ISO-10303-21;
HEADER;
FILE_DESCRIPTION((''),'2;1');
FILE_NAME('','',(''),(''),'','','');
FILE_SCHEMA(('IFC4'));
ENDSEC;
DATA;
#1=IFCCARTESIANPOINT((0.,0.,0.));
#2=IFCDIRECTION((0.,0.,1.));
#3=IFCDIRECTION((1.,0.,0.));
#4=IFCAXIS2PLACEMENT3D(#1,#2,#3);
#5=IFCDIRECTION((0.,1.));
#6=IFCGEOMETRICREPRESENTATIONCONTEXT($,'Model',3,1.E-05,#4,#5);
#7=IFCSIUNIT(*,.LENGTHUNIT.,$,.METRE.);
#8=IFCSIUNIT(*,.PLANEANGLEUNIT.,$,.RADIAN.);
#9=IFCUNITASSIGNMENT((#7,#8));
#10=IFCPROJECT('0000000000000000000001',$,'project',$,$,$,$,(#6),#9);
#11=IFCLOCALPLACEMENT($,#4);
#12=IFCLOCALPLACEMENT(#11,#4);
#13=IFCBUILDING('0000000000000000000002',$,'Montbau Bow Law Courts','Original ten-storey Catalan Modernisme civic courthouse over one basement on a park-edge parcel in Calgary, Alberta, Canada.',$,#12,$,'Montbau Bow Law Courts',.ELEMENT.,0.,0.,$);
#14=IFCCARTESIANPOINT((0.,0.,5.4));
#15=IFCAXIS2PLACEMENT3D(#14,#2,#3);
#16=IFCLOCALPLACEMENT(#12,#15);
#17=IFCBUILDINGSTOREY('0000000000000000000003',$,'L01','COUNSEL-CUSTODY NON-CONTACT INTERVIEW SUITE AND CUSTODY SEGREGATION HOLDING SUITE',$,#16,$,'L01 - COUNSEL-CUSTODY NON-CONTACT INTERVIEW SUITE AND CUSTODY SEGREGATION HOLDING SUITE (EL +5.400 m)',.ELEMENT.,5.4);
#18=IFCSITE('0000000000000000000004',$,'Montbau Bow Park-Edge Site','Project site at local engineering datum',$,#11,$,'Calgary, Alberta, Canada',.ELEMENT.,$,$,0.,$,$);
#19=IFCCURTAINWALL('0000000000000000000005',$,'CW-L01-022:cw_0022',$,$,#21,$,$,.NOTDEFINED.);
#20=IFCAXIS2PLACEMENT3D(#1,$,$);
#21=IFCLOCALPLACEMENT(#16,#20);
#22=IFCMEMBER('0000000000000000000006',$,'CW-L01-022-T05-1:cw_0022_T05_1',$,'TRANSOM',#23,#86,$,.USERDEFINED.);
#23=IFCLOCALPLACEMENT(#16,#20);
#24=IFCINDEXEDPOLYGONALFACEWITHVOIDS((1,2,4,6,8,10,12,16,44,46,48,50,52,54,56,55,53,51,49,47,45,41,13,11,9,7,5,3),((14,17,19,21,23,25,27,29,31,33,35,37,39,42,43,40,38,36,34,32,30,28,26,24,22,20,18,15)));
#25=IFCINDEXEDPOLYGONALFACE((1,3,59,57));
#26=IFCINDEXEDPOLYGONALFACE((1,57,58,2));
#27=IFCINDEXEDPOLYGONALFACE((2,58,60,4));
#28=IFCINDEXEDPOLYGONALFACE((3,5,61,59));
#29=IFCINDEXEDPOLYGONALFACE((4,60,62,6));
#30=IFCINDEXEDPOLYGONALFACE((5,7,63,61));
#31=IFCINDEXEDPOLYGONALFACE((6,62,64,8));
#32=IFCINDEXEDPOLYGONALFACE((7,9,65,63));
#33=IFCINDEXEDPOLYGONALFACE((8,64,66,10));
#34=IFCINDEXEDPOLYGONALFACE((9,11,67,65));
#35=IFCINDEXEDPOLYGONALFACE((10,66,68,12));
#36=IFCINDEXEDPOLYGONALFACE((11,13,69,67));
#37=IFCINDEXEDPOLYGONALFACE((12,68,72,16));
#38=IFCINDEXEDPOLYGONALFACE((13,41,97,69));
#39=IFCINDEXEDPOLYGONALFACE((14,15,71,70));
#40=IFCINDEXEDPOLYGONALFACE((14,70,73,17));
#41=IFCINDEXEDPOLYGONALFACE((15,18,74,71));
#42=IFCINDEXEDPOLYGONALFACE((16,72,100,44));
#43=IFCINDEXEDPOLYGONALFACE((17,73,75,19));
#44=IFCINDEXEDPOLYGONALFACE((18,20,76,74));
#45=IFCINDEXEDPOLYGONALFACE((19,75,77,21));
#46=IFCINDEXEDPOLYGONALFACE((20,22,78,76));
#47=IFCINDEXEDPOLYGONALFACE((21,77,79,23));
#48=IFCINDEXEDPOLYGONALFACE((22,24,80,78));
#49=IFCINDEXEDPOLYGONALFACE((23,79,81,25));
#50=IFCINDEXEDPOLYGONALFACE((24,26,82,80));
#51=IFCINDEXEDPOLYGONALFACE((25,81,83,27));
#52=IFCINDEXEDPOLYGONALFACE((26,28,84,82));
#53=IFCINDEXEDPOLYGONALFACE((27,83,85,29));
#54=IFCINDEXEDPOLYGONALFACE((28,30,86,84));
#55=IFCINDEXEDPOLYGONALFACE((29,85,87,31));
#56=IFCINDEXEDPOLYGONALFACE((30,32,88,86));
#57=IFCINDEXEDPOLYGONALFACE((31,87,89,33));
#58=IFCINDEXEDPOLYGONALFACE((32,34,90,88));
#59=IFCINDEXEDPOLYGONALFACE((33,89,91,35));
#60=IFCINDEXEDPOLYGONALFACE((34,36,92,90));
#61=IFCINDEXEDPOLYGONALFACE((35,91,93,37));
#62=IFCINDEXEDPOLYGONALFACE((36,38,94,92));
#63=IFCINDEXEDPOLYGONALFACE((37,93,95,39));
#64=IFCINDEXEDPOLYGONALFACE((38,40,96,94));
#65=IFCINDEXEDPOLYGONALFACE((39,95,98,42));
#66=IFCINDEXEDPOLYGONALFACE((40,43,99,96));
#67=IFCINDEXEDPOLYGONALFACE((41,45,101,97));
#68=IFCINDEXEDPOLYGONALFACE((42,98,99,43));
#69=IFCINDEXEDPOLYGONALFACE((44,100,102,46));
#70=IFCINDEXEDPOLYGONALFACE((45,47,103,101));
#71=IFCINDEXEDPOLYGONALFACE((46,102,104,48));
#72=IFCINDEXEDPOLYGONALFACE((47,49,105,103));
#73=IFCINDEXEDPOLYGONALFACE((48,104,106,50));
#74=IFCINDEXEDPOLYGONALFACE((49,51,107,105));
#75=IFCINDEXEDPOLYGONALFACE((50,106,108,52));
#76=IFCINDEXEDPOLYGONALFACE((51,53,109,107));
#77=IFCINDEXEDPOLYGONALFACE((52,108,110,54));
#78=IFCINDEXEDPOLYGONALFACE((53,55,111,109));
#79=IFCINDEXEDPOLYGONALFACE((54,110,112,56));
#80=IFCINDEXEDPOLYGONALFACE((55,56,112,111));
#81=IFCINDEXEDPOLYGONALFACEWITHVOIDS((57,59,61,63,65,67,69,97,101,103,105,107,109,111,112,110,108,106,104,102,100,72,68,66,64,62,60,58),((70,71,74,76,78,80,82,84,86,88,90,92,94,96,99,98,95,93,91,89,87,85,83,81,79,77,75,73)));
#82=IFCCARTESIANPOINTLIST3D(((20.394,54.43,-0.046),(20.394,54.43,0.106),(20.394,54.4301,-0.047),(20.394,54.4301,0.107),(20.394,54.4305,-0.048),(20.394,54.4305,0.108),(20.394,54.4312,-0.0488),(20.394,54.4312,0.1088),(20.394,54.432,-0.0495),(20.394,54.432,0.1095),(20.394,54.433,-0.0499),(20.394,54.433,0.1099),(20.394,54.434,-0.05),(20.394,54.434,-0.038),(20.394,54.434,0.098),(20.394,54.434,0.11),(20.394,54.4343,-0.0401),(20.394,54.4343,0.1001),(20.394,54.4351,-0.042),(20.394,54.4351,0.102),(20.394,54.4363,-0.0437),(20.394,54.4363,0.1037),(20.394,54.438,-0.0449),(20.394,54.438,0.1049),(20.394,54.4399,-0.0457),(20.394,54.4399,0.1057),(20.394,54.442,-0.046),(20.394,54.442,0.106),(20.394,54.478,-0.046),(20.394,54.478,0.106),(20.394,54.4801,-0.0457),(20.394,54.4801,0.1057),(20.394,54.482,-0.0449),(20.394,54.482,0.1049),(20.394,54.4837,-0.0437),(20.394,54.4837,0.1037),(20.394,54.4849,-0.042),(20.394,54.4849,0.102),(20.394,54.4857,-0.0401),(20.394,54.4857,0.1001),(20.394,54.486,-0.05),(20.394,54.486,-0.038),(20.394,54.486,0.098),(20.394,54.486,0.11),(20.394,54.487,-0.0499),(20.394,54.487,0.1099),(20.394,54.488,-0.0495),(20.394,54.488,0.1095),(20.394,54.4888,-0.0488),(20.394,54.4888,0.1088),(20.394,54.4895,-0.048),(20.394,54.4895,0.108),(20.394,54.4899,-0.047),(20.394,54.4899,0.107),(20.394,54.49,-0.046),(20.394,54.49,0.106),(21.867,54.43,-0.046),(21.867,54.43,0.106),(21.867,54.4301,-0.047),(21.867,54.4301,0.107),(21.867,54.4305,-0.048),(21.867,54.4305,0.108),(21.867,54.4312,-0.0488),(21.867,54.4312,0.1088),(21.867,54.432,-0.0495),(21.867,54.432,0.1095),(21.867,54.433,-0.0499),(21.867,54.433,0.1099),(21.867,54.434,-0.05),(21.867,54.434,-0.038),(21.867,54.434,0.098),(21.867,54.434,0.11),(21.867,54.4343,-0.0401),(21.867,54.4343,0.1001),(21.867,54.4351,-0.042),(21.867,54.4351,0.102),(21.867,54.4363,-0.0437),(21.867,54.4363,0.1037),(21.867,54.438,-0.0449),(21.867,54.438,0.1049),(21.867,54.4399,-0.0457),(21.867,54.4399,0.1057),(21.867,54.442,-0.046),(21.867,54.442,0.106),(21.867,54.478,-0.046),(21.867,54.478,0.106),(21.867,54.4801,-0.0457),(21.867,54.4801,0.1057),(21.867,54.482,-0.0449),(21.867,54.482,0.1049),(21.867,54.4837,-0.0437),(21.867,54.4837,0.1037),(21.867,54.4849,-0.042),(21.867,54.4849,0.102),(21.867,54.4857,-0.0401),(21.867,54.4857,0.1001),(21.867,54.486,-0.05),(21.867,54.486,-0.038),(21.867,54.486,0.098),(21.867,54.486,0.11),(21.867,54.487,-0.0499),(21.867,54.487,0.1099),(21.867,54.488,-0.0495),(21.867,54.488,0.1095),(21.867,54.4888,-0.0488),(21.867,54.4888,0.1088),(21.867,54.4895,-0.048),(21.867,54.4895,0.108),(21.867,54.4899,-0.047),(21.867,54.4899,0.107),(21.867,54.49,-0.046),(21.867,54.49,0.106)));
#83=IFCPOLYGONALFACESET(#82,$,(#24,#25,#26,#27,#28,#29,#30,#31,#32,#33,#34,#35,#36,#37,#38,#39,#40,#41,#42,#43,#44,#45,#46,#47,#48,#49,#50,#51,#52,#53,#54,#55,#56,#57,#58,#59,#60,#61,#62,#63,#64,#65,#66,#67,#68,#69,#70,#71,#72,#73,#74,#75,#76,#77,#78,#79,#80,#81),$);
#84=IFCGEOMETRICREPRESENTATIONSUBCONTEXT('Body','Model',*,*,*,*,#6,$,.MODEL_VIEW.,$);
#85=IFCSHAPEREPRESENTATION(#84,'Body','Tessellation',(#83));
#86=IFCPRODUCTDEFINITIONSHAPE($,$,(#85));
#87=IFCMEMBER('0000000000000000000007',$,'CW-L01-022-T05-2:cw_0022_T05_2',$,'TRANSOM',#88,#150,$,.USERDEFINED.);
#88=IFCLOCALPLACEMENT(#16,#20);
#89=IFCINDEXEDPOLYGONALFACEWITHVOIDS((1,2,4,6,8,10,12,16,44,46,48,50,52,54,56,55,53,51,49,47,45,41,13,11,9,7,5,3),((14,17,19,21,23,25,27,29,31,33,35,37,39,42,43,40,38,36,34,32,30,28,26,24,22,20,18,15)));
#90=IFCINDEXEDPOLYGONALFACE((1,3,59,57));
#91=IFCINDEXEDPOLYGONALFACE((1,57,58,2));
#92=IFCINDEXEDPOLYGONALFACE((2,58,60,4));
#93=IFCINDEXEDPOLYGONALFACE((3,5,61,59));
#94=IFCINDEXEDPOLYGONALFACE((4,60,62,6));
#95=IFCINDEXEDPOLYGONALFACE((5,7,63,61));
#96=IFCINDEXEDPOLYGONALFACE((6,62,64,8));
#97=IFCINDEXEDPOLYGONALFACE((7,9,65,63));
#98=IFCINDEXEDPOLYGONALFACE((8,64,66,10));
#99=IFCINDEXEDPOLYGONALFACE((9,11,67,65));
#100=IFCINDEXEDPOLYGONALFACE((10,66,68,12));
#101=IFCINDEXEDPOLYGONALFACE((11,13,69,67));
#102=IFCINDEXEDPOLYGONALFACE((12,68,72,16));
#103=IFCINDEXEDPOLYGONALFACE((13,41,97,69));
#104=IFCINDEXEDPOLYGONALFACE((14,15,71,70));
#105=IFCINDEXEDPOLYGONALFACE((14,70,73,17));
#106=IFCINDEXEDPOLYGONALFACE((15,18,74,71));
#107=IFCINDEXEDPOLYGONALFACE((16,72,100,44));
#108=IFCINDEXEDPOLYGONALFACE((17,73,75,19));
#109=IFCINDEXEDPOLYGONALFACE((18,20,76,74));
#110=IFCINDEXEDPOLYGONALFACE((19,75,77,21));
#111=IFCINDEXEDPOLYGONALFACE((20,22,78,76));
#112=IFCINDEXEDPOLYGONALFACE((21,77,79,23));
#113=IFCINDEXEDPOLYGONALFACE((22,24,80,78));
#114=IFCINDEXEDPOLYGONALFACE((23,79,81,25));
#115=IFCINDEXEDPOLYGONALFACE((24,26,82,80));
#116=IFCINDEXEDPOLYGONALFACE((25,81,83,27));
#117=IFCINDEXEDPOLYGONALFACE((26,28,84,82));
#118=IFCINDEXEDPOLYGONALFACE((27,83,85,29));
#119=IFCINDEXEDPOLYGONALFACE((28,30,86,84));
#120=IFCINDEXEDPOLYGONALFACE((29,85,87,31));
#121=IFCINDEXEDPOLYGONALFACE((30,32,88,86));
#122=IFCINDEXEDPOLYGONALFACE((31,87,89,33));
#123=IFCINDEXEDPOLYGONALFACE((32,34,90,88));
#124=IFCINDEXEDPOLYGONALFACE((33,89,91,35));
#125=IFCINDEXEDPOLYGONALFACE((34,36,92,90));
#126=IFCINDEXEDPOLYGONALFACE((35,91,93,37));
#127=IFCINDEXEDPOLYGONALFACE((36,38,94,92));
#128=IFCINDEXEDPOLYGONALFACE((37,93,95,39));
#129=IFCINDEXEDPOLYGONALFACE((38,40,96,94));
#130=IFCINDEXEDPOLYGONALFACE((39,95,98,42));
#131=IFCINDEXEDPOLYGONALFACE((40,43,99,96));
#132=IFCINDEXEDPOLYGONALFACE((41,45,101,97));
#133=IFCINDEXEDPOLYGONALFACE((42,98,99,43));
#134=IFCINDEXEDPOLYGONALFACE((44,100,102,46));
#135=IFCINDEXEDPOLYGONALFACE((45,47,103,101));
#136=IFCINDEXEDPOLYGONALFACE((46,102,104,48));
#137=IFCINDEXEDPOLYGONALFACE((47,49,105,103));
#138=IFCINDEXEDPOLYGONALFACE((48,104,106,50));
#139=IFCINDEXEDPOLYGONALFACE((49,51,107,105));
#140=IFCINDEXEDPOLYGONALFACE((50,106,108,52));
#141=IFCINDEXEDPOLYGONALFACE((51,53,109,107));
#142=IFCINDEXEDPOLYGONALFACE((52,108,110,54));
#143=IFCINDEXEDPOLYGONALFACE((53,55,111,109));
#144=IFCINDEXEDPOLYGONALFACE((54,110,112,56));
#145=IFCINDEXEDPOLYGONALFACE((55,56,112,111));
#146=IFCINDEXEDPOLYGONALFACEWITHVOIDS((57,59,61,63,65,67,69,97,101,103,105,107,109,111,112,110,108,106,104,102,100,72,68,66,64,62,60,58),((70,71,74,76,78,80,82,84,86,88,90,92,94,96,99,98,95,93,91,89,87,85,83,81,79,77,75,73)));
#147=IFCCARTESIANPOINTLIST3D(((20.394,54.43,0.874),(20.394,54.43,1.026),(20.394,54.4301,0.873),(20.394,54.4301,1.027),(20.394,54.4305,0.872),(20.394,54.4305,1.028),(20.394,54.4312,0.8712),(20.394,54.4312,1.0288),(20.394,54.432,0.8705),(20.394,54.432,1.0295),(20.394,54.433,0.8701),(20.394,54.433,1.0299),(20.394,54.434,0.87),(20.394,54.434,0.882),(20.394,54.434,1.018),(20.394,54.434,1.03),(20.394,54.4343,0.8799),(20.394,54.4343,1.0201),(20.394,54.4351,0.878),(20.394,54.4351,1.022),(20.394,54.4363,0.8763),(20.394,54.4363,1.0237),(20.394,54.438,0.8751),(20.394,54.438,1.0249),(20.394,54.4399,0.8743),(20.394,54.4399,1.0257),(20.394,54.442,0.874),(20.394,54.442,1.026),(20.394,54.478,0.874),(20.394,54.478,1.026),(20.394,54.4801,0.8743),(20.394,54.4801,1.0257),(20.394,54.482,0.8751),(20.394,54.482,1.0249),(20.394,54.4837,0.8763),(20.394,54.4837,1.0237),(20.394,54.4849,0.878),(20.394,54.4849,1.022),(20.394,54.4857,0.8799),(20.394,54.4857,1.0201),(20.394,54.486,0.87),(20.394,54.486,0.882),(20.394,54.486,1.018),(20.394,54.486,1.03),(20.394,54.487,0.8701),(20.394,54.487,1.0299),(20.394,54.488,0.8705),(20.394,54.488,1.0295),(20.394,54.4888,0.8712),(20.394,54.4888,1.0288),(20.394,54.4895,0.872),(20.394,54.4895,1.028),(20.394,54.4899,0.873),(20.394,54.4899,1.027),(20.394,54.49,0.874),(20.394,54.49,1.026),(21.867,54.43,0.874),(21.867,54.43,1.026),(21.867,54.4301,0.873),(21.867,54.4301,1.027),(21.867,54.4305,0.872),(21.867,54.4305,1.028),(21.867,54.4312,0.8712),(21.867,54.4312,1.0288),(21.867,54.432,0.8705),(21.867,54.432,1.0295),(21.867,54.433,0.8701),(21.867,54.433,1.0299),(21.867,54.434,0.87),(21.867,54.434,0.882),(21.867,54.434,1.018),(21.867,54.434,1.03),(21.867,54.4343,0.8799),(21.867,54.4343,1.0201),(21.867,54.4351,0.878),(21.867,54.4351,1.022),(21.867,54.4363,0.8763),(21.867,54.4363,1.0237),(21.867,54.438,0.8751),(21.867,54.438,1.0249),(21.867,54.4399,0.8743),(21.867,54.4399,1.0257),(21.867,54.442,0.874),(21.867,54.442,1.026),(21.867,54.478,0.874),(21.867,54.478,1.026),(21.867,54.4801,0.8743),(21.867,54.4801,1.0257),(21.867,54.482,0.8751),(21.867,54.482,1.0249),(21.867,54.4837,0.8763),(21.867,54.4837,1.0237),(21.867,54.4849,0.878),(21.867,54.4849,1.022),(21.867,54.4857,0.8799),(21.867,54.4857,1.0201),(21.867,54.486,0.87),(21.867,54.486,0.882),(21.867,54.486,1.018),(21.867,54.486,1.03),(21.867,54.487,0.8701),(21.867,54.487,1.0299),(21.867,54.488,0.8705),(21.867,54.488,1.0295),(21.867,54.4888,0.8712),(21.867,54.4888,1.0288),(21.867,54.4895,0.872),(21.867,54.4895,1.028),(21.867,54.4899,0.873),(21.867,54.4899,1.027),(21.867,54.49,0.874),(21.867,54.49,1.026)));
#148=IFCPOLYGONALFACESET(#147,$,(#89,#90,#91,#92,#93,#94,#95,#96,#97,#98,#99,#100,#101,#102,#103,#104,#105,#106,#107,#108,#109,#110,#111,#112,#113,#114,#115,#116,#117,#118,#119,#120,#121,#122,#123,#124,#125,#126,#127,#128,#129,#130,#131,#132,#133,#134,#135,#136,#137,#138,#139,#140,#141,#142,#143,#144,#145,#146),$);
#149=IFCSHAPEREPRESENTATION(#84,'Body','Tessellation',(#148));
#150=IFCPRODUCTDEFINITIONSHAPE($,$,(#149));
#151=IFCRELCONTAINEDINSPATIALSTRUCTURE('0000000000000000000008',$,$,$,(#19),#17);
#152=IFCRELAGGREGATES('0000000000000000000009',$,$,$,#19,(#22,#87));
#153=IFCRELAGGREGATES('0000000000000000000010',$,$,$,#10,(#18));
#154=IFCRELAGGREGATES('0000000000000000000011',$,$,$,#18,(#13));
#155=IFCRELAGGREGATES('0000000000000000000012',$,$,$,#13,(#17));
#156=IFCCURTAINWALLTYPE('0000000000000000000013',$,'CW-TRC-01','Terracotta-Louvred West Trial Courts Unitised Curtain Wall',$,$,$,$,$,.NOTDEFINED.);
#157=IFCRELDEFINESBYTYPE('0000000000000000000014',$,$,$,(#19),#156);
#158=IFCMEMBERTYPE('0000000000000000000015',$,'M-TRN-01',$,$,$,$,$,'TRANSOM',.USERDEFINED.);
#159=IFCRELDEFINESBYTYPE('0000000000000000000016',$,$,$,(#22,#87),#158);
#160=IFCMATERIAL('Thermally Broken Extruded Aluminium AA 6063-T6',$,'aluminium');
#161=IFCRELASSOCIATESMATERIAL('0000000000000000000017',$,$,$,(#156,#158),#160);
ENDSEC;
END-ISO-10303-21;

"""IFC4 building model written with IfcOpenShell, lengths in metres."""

from ifc_helpers import new_model, si_unit, direction, frame, origin_with_axes, origin_2d_with_axis, place, context, subcontext, project, spatial, hollow_rectangle, extrude, material, material_profile, profile_set, type_object, element, aggregate, save


model = new_model("IFC4")

# Units and contexts
model_context = context("Model", 3, precision=1e-05, world=origin_with_axes(), true_north=direction((0.0, 1.0)))
body_context = subcontext(model_context, "Body", "Model", "MODEL_VIEW")
ifc_project = project(units=[si_unit("LENGTHUNIT", "METRE"), si_unit("PLANEANGLEUNIT", "RADIAN")], contexts=[model_context])

# Site, building, storey
site_placement = place(None, origin_with_axes())
site = spatial("IfcSite", under=ifc_project, at=site_placement, Name="Montbau Bow Park-Edge Site", Description="Project site at local engineering datum", LongName="Calgary, Alberta, Canada", CompositionType="ELEMENT", RefElevation=0.0)
building_placement = place(site_placement, origin_with_axes())
building = spatial("IfcBuilding", under=site, at=building_placement, Name="Montbau Bow Law Courts", Description="Original ten-storey Catalan Modernisme civic courthouse over one basement on a park-edge parcel in Calgary, Alberta, Canada.", LongName="Montbau Bow Law Courts", CompositionType="ELEMENT", ElevationOfRefHeight=0.0, ElevationOfTerrain=0.0)
storey_placement = place(building_placement, frame((0.0, 0.0, 5.4), z_axis=(0.0, 0.0, 1.0), x_axis=(1.0, 0.0, 0.0)))
storey = spatial("IfcBuildingStorey", under=building, at=storey_placement, Name="L01", Description="COUNSEL-CUSTODY NON-CONTACT INTERVIEW SUITE AND CUSTODY SEGREGATION HOLDING SUITE", LongName="L01 - COUNSEL-CUSTODY NON-CONTACT INTERVIEW SUITE AND CUSTODY SEGREGATION HOLDING SUITE (EL +5.400 m)", CompositionType="ELEMENT", Elevation=5.4)

# Curtain wall
ifc_material_1 = material(Name="Thermally Broken Extruded Aluminium AA 6063-T6", Category="aluminium")
curtain_wall_type = type_object("IfcCurtainWallType", Name="CW-TRC-01", Description="Terracotta-Louvred West Trial Courts Unitised Curtain Wall", PredefinedType="NOTDEFINED", material=ifc_material_1)
curtain_wall_1_placement = place(None, frame((14.068, 54.46, 5.4), z_axis=(0.0, 0.0, 1.0), x_axis=(1.0, 0.0, 0.0)))
curtain_wall_1 = element("IfcCurtainWall", 1, at=curtain_wall_1_placement, inside=storey, type_object=curtain_wall_type, Name="CW-L01-022:cw_0022", PredefinedType="NOTDEFINED")

# Members
ifc_material_profile_1 = material_profile(ifc_material_1, hollow_rectangle(XDim=0.06, YDim=0.16, WallThickness=0.004, InnerFilletRadius=0.008, OuterFilletRadius=0.004, at=origin_2d_with_axis()), Name="CWT-160X60", Category="Main", Priority=0)
ifc_profile_set_1 = profile_set([ifc_material_profile_1], Name="Thermally Broken Extruded Aluminium AA 6063-T6")
member_type_1 = type_object("IfcMemberType", Name="M-TRN-01", ElementType="TRANSOM", PredefinedType="USERDEFINED", material=ifc_profile_set_1)
member_1_placement = place(None, frame((20.394, 54.46, 5.43), z_axis=(1.0, 0.0, 0.0), x_axis=(0.0, 1.0, 0.0)))
member_1 = element("IfcMember", 2, at=member_1_placement, type_object=member_type_1, Name="CW-L01-022-T05-1:cw_0022_T05_1", ObjectType="TRANSOM", PredefinedType="USERDEFINED", context=body_context, shape_type="SweptSolid", body=[
    extrude(hollow_rectangle(XDim=0.06, YDim=0.16, WallThickness=0.004, InnerFilletRadius=0.008, OuterFilletRadius=0.004, at=origin_2d_with_axis()), origin_with_axes(), (0.0, 0.0, 1.0), 1.473),
])
member_2_placement = place(None, frame((20.394, 54.46, 6.35), z_axis=(1.0, 0.0, 0.0), x_axis=(0.0, 1.0, 0.0)))
member_2 = element("IfcMember", 3, at=member_2_placement, type_object=member_type_1, Name="CW-L01-022-T05-2:cw_0022_T05_2", ObjectType="TRANSOM", PredefinedType="USERDEFINED", context=body_context, shape_type="SweptSolid", body=[
    extrude(hollow_rectangle(XDim=0.06, YDim=0.16, WallThickness=0.004, InnerFilletRadius=0.008, OuterFilletRadius=0.004, at=origin_2d_with_axis()), origin_with_axes(), (0.0, 0.0, 1.0), 1.473),
])

aggregate(curtain_wall_1, [member_1, member_2])

save(model, "model.ifc")
